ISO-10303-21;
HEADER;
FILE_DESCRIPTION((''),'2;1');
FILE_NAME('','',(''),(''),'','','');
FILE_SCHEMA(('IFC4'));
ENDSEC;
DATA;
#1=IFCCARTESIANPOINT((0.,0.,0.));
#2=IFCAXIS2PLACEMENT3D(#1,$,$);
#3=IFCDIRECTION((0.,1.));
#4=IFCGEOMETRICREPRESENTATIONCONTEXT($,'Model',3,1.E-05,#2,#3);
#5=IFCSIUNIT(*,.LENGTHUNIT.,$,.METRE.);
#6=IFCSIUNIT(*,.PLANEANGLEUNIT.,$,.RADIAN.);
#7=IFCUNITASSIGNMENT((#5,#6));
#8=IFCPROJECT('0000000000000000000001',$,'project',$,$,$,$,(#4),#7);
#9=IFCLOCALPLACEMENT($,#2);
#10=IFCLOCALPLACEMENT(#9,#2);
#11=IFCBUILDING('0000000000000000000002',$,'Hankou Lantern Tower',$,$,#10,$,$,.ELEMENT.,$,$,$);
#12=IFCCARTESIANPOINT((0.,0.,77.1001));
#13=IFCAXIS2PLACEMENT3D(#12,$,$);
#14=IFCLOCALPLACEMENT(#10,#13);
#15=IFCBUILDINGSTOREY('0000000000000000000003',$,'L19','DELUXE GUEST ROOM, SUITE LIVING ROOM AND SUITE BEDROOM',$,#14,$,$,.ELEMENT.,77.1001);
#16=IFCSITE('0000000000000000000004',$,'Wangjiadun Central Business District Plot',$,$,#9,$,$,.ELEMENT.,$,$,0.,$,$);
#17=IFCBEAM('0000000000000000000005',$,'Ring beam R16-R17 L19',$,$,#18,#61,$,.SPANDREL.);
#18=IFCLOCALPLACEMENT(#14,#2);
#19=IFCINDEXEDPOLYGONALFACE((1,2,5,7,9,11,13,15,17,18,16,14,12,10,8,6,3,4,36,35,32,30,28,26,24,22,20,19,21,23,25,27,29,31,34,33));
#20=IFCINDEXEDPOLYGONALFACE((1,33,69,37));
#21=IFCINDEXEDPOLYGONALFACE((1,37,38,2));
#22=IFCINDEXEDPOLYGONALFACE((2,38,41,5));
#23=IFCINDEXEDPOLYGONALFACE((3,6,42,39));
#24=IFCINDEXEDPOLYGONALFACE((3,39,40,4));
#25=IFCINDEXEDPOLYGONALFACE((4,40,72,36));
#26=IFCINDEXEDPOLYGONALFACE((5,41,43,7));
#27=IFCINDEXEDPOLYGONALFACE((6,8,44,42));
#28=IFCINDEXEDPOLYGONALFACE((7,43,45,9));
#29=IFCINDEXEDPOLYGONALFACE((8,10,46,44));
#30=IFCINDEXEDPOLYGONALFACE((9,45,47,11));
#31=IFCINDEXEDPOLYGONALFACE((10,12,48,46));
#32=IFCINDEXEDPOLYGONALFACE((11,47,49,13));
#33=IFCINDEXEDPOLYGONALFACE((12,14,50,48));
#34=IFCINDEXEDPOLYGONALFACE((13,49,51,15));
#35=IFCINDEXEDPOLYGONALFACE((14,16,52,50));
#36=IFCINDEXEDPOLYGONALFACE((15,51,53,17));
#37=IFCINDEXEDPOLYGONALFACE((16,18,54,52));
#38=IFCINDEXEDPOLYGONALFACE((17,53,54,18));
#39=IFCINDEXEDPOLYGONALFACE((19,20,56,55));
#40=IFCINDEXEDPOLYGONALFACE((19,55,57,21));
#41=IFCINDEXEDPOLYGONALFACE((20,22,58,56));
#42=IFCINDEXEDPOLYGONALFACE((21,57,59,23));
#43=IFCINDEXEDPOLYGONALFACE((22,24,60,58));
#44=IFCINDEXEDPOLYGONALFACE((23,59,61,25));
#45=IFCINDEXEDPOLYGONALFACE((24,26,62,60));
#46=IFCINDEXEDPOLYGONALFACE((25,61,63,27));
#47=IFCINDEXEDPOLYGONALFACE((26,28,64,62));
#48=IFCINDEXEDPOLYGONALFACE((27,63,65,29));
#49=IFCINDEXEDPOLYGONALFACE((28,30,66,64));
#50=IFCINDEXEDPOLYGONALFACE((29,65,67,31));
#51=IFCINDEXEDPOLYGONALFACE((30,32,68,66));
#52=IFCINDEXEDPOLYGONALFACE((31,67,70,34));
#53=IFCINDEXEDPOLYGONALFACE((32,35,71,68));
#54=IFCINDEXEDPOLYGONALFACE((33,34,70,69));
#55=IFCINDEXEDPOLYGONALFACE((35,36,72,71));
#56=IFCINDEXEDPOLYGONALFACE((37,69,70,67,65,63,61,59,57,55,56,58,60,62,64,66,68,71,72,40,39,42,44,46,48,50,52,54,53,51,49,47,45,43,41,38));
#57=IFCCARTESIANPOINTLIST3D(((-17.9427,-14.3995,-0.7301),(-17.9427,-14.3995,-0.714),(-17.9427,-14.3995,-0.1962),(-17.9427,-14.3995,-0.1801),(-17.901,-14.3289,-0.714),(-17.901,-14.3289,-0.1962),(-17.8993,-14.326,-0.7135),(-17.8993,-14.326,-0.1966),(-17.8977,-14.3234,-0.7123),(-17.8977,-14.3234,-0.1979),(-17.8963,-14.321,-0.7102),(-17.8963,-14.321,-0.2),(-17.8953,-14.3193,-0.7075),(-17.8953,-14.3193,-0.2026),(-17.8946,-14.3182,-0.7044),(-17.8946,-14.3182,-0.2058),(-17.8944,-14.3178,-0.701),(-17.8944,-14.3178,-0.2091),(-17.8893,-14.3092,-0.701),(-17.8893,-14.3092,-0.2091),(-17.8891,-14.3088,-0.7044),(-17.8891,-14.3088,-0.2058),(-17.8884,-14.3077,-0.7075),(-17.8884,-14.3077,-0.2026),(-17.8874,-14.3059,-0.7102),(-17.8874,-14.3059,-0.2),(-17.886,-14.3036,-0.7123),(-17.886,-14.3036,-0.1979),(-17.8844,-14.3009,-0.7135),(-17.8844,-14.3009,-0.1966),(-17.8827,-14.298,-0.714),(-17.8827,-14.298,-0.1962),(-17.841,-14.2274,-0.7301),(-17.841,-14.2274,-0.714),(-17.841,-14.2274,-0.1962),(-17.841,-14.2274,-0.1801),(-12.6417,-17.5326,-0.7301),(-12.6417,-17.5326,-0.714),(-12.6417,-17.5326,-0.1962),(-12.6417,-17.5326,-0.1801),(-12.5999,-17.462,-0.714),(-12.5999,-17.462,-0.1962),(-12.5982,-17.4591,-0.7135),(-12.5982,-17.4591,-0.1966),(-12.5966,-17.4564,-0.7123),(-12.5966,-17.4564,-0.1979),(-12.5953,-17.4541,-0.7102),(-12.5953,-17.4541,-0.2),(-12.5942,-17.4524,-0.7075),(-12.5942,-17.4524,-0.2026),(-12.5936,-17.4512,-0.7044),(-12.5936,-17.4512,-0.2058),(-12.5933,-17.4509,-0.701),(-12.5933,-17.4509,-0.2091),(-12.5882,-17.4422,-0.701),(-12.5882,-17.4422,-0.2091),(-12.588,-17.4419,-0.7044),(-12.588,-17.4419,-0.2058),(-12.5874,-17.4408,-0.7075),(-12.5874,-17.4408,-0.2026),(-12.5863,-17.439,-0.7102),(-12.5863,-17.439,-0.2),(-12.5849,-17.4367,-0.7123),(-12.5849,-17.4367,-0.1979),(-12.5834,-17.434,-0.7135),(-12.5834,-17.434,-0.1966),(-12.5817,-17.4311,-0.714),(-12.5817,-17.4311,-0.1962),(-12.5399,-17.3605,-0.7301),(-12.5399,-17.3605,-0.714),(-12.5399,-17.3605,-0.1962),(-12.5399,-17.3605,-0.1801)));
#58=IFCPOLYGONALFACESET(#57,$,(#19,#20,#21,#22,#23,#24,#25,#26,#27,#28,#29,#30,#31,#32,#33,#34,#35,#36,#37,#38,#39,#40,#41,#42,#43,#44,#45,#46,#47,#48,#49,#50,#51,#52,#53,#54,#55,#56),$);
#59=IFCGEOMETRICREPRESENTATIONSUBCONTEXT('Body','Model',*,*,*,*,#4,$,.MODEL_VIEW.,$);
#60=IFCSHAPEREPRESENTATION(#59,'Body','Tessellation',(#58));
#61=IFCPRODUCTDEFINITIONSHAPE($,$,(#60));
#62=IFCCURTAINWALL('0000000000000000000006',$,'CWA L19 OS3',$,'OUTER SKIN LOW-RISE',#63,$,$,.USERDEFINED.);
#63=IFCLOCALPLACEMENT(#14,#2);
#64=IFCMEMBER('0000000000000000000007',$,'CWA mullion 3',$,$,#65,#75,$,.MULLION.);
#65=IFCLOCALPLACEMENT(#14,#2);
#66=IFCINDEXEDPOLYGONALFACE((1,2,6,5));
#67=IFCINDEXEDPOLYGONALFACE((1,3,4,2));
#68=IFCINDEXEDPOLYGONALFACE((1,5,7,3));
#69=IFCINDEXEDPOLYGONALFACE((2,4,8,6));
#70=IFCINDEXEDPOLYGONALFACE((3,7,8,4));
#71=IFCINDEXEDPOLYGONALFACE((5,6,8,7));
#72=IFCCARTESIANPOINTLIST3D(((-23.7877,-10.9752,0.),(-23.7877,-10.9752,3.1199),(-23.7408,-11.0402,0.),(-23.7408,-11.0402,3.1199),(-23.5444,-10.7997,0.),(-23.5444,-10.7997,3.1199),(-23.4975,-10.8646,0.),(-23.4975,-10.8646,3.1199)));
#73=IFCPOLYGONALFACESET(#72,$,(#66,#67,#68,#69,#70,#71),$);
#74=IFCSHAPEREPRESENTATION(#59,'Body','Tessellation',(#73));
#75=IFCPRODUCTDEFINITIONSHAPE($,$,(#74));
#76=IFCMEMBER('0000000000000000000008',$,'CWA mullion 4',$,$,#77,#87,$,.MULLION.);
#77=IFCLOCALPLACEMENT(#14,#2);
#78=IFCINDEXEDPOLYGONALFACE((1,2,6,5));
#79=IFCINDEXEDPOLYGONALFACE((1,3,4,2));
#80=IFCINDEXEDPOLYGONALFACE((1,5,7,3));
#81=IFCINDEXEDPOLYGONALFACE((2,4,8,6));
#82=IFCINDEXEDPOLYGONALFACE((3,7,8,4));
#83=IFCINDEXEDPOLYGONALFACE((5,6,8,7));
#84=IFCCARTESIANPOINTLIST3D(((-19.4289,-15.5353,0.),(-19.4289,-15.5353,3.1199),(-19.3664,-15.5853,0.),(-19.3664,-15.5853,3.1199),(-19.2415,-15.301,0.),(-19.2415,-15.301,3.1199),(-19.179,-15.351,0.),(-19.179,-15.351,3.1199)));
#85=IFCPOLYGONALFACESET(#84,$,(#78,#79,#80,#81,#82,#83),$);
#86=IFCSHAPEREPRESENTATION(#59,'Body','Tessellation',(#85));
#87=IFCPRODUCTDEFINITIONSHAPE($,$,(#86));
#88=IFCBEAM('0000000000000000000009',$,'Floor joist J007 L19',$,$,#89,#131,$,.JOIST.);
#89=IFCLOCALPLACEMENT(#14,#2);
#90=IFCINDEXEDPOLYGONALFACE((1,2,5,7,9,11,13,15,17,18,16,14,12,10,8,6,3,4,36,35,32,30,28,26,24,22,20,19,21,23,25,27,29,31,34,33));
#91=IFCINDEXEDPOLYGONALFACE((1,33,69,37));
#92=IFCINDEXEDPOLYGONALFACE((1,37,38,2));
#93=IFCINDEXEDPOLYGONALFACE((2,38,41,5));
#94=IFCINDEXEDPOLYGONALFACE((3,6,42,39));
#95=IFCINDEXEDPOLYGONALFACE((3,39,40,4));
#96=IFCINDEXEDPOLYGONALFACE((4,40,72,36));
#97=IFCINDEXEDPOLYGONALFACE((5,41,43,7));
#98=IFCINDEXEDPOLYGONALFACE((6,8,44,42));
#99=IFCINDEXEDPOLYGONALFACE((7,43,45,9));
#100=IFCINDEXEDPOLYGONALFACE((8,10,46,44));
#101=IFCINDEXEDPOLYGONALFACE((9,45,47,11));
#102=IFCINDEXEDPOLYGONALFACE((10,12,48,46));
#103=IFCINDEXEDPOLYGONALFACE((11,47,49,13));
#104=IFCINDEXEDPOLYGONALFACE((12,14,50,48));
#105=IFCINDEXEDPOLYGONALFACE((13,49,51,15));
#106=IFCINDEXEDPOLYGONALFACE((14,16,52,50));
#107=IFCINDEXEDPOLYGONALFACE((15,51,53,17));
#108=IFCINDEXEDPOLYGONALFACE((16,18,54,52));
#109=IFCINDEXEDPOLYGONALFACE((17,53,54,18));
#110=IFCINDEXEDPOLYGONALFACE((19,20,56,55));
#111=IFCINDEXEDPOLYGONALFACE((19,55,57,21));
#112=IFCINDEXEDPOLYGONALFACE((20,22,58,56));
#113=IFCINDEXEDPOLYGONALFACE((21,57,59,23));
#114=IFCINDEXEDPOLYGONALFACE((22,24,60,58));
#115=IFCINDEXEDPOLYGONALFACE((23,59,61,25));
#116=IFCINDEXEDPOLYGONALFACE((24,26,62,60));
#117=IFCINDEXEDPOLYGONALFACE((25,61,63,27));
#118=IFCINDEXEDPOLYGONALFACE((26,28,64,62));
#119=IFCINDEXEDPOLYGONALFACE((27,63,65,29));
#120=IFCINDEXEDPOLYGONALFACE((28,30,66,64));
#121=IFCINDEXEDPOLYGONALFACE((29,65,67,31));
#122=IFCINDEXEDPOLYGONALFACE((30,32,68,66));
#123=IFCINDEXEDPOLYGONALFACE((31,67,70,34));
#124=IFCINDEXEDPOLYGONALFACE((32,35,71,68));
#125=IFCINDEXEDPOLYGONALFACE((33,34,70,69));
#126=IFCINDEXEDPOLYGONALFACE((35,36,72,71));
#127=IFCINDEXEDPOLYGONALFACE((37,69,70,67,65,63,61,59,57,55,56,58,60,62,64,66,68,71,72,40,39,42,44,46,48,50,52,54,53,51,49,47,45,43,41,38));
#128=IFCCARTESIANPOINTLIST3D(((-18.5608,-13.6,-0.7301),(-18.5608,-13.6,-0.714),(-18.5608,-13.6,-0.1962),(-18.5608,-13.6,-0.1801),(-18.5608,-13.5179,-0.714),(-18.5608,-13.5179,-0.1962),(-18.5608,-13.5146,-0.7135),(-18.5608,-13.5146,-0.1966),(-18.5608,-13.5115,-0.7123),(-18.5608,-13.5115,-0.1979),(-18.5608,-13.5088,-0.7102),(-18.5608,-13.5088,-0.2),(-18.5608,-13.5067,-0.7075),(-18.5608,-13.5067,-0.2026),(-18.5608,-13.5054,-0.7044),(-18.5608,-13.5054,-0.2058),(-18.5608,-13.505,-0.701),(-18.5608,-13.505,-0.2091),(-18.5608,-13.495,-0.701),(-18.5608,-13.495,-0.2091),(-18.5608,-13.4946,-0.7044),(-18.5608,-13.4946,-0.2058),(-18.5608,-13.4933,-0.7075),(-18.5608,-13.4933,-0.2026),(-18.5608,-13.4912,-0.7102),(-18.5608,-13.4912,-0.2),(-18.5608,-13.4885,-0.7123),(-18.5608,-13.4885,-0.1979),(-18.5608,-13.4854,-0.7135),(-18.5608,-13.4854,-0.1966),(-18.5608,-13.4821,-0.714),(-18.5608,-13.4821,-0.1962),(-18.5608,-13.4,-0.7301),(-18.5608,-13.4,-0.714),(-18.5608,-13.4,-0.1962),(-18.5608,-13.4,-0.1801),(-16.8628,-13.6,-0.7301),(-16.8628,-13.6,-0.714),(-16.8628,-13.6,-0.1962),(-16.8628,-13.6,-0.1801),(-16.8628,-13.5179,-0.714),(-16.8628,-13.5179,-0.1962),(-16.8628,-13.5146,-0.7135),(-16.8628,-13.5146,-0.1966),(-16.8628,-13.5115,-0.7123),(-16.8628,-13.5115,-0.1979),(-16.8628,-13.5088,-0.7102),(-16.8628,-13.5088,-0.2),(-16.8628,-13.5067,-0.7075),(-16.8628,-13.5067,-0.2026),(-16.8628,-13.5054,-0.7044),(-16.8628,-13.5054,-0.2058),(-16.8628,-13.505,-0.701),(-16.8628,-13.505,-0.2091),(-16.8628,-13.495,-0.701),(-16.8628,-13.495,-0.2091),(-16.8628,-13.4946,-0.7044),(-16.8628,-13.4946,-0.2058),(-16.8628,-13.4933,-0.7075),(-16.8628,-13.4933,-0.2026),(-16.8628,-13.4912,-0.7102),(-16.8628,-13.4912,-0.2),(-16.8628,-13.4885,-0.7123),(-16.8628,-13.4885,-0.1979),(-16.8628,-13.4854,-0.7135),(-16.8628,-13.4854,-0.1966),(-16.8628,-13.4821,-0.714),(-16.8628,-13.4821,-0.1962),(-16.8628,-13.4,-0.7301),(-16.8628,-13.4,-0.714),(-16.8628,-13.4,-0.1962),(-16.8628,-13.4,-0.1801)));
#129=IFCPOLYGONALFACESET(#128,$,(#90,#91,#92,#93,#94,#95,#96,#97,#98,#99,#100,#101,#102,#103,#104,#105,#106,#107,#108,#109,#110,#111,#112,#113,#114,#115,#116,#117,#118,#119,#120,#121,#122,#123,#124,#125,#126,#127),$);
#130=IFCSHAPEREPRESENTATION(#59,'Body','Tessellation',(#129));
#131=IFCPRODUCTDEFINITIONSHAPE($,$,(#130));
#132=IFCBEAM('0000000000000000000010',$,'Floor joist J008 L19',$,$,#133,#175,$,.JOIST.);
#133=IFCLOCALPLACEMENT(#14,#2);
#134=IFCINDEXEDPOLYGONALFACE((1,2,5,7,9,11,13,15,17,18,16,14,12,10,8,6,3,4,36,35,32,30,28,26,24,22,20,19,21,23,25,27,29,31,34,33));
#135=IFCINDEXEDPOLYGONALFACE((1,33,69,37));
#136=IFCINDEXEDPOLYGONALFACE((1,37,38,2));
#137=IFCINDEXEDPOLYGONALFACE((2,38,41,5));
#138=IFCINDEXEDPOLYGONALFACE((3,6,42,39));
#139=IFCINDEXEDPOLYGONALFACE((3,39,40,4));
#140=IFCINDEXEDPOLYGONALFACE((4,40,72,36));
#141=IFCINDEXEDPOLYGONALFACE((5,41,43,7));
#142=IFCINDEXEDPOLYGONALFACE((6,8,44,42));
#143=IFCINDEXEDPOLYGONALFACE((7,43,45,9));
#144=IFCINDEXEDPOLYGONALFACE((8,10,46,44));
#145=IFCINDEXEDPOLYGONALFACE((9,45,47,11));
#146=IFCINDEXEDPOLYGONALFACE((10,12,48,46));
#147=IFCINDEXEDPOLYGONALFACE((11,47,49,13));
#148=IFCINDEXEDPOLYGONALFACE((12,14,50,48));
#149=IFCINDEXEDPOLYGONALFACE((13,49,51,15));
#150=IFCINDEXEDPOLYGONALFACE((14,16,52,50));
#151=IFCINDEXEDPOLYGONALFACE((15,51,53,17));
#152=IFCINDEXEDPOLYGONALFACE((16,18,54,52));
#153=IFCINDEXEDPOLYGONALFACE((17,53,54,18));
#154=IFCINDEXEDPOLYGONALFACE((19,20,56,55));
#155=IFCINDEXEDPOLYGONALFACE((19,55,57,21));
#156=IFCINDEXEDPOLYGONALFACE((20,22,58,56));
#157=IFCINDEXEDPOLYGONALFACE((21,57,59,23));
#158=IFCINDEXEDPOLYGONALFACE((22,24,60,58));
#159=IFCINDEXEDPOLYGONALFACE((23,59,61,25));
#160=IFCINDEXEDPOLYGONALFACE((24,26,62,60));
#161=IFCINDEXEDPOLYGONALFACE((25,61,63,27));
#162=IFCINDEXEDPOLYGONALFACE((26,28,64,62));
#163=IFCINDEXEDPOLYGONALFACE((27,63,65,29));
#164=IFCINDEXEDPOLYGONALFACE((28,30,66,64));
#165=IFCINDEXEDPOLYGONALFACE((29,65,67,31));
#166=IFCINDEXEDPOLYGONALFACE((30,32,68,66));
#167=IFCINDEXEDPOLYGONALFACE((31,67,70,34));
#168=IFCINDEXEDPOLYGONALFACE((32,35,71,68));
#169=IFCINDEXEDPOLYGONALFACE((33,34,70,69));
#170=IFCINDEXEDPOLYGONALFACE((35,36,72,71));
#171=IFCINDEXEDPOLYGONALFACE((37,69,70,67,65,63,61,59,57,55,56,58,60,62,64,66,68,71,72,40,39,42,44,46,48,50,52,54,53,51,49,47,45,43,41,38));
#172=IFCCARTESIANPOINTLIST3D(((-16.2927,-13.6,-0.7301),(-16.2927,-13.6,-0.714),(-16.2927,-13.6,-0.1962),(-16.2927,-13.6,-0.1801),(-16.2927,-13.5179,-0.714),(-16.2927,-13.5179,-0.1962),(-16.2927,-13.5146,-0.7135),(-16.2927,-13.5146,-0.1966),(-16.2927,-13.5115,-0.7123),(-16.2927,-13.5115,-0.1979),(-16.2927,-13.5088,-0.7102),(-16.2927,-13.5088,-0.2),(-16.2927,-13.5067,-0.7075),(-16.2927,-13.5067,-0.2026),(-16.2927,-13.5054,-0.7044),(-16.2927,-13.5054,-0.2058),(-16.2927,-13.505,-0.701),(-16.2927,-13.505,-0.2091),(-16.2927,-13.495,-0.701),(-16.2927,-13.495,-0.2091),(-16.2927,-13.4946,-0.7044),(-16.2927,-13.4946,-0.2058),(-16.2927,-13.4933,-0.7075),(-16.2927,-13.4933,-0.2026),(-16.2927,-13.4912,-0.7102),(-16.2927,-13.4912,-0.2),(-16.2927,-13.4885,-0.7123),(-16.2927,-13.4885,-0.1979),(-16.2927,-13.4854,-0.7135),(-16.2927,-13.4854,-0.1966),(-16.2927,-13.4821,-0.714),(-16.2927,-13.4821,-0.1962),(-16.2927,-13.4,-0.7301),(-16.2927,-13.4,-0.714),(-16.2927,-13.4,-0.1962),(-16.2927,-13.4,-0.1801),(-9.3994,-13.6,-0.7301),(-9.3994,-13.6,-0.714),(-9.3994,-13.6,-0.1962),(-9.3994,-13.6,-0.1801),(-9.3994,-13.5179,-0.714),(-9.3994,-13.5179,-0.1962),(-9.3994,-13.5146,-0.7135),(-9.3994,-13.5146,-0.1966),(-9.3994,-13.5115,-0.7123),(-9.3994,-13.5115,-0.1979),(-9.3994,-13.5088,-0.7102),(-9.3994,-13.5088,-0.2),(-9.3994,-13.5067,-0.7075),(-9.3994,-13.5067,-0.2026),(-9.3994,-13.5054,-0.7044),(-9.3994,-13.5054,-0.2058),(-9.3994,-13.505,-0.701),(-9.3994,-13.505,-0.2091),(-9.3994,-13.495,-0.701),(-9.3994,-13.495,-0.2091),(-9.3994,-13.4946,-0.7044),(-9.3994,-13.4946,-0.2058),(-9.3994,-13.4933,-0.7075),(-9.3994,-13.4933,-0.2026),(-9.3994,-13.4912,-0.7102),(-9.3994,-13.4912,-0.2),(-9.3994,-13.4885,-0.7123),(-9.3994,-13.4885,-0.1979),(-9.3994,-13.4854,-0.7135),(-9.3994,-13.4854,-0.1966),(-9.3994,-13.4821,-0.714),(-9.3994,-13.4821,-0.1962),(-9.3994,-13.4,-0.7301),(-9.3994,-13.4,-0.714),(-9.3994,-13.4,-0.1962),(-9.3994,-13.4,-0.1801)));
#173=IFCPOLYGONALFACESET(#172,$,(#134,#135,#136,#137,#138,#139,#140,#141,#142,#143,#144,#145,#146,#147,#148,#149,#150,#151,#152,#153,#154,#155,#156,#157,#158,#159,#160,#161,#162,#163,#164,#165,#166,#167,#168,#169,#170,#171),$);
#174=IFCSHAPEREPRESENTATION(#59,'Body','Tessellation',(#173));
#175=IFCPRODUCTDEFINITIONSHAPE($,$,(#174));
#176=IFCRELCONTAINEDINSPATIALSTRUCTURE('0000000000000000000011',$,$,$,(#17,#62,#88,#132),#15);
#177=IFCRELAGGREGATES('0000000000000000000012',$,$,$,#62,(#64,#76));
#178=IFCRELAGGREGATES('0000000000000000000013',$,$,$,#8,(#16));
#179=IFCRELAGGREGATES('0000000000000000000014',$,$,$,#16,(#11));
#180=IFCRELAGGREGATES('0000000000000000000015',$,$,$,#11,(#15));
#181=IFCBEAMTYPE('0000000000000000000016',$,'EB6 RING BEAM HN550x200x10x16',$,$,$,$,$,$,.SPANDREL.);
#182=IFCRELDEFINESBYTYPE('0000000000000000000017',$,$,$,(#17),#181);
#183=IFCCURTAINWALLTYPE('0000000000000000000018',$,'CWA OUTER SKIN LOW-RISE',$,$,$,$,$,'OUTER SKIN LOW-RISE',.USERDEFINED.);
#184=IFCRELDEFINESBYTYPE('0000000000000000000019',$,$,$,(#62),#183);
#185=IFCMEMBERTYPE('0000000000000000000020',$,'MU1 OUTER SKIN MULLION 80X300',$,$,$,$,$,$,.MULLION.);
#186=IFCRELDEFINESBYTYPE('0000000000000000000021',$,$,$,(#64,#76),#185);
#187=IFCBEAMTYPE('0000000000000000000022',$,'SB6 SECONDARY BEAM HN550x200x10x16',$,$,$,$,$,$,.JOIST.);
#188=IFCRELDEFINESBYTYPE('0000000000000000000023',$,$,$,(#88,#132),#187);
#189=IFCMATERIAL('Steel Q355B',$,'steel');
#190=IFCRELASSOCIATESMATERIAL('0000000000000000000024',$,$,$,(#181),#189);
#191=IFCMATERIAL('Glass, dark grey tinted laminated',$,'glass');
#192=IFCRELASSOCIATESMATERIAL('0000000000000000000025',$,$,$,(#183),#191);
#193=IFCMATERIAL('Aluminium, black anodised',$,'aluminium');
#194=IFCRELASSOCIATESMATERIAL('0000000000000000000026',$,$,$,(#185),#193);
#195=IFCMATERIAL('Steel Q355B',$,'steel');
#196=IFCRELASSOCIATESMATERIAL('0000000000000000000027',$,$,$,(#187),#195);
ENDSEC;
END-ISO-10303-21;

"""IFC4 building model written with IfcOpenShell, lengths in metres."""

from ifc_helpers import new_model, si_unit, direction, frame, origin, origin_2d, place, context, subcontext, project, spatial, rectangle, i_section, extrude, material, material_profile, profile_set, type_object, element, aggregate, save


model = new_model("IFC4")

# Units and contexts
model_context = context("Model", 3, precision=1e-05, world=origin(), true_north=direction((0.0, 1.0)))
body_context = subcontext(model_context, "Body", "Model", "MODEL_VIEW")
ifc_project = project(units=[si_unit("LENGTHUNIT", "METRE"), si_unit("PLANEANGLEUNIT", "RADIAN")], contexts=[model_context])

# Site, building, storey
site_placement = place(None, origin())
site = spatial("IfcSite", under=ifc_project, at=site_placement, Name="Wangjiadun Central Business District Plot", CompositionType="ELEMENT", RefElevation=0.0)
building_placement = place(site_placement, origin())
building = spatial("IfcBuilding", under=site, at=building_placement, Name="Hankou Lantern Tower", CompositionType="ELEMENT")
storey_placement = place(building_placement, frame((0.0, 0.0, 77.1001)))
storey = spatial("IfcBuildingStorey", under=building, at=storey_placement, Name="L19", Description="DELUXE GUEST ROOM, SUITE LIVING ROOM AND SUITE BEDROOM", CompositionType="ELEMENT", Elevation=77.1001)

# Beam
ifc_material_1 = material(Name="Steel Q355B", Category="steel")
ifc_material_profile_1 = material_profile(ifc_material_1, i_section(OverallWidth=0.2, OverallDepth=0.55, WebThickness=0.01, FlangeThickness=0.0161, FilletRadius=0.0129, at=origin_2d()), Name="HN550x200x10x16")
ifc_profile_set_1 = profile_set([ifc_material_profile_1], Name="Steel Q355B")
beam_type_1 = type_object("IfcBeamType", Name="EB6 RING BEAM HN550x200x10x16", PredefinedType="SPANDREL", material=ifc_profile_set_1)
beam_1_placement = place(storey_placement, frame((-17.8918, -14.3135, -0.4551), z_axis=(0.860882, -0.508805, 0.0), x_axis=(0.508805, 0.860882, 0.0)))
element("IfcBeam", 1, at=beam_1_placement, inside=storey, type_object=beam_type_1, Name="Ring beam R16-R17 L19", PredefinedType="SPANDREL", context=body_context, shape_type="SweptSolid", body=[
    extrude(i_section(OverallWidth=0.2, OverallDepth=0.55, WebThickness=0.01, FlangeThickness=0.0161, FilletRadius=0.0129, at=origin_2d()), origin(), (0.0, 0.0, 1.0), 6.1577),
])

# Curtain wall, members
ifc_material_2 = material(Name="Glass, dark grey tinted laminated", Category="glass")
curtain_wall_type = type_object("IfcCurtainWallType", Name="CWA OUTER SKIN LOW-RISE", ElementType="OUTER SKIN LOW-RISE", PredefinedType="USERDEFINED", material=ifc_material_2)
curtain_wall_placement = place(storey_placement, origin())
curtain_wall = element("IfcCurtainWall", 2, at=curtain_wall_placement, inside=storey, type_object=curtain_wall_type, Name="CWA L19 OS3", ObjectType="OUTER SKIN LOW-RISE", PredefinedType="USERDEFINED")
ifc_material_3 = material(Name="Aluminium, black anodised", Category="aluminium")
ifc_material_profile_2 = material_profile(ifc_material_3, rectangle(XDim=0.0801, YDim=0.3, at=origin_2d()), Name="MU1 80X300")
ifc_profile_set_2 = profile_set([ifc_material_profile_2], Name="Aluminium, black anodised")
member_type_1 = type_object("IfcMemberType", Name="MU1 OUTER SKIN MULLION 80X300", PredefinedType="MULLION", material=ifc_profile_set_2)
member_1_placement = place(storey_placement, frame((-23.6426, -10.9199, 0.0), z_axis=(0.0, 0.0, 1.0), x_axis=(0.585206, -0.810885, 0.0)))
member_1 = element("IfcMember", 3, at=member_1_placement, type_object=member_type_1, Name="CWA mullion 3", PredefinedType="MULLION", context=body_context, shape_type="SweptSolid", body=[
    extrude(rectangle(XDim=0.0801, YDim=0.3, at=origin_2d()), origin(), (0.0, 0.0, 1.0), 3.1199),
])
member_2_placement = place(storey_placement, frame((-19.304, -15.4431, 0.0), z_axis=(0.0, 0.0, 1.0), x_axis=(0.780869, -0.624695, 0.0)))
member_2 = element("IfcMember", 4, at=member_2_placement, type_object=member_type_1, Name="CWA mullion 4", PredefinedType="MULLION", context=body_context, shape_type="SweptSolid", body=[
    extrude(rectangle(XDim=0.0801, YDim=0.3, at=origin_2d()), origin(), (0.0, 0.0, 1.0), 3.1199),
])

# Beams
ifc_material_4 = material(Name="Steel Q355B", Category="steel")
ifc_material_profile_3 = material_profile(ifc_material_4, i_section(OverallWidth=0.2, OverallDepth=0.55, WebThickness=0.01, FlangeThickness=0.0161, FilletRadius=0.0129, at=origin_2d()), Name="HN550x200x10x16")
ifc_profile_set_3 = profile_set([ifc_material_profile_3], Name="Steel Q355B")
beam_type_2 = type_object("IfcBeamType", Name="SB6 SECONDARY BEAM HN550x200x10x16", PredefinedType="JOIST", material=ifc_profile_set_3)
beam_2_placement = place(storey_placement, frame((-18.5608, -13.5, -0.4551), z_axis=(1.0, 0.0, 0.0), x_axis=(0.0, 1.0, 0.0)))
element("IfcBeam", 5, at=beam_2_placement, inside=storey, type_object=beam_type_2, Name="Floor joist J007 L19", PredefinedType="JOIST", context=body_context, shape_type="SweptSolid", body=[
    extrude(i_section(OverallWidth=0.2, OverallDepth=0.55, WebThickness=0.01, FlangeThickness=0.0161, FilletRadius=0.0129, at=origin_2d()), origin(), (0.0, 0.0, 1.0), 1.698),
])
beam_3_placement = place(storey_placement, frame((-16.2927, -13.5, -0.4551), z_axis=(1.0, 0.0, 0.0), x_axis=(0.0, 1.0, 0.0)))
element("IfcBeam", 6, at=beam_3_placement, inside=storey, type_object=beam_type_2, Name="Floor joist J008 L19", PredefinedType="JOIST", context=body_context, shape_type="SweptSolid", body=[
    extrude(i_section(OverallWidth=0.2, OverallDepth=0.55, WebThickness=0.01, FlangeThickness=0.0161, FilletRadius=0.0129, at=origin_2d()), origin(), (0.0, 0.0, 1.0), 6.8933),
])

aggregate(curtain_wall, [member_1, member_2])

save(model, "model.ifc")
